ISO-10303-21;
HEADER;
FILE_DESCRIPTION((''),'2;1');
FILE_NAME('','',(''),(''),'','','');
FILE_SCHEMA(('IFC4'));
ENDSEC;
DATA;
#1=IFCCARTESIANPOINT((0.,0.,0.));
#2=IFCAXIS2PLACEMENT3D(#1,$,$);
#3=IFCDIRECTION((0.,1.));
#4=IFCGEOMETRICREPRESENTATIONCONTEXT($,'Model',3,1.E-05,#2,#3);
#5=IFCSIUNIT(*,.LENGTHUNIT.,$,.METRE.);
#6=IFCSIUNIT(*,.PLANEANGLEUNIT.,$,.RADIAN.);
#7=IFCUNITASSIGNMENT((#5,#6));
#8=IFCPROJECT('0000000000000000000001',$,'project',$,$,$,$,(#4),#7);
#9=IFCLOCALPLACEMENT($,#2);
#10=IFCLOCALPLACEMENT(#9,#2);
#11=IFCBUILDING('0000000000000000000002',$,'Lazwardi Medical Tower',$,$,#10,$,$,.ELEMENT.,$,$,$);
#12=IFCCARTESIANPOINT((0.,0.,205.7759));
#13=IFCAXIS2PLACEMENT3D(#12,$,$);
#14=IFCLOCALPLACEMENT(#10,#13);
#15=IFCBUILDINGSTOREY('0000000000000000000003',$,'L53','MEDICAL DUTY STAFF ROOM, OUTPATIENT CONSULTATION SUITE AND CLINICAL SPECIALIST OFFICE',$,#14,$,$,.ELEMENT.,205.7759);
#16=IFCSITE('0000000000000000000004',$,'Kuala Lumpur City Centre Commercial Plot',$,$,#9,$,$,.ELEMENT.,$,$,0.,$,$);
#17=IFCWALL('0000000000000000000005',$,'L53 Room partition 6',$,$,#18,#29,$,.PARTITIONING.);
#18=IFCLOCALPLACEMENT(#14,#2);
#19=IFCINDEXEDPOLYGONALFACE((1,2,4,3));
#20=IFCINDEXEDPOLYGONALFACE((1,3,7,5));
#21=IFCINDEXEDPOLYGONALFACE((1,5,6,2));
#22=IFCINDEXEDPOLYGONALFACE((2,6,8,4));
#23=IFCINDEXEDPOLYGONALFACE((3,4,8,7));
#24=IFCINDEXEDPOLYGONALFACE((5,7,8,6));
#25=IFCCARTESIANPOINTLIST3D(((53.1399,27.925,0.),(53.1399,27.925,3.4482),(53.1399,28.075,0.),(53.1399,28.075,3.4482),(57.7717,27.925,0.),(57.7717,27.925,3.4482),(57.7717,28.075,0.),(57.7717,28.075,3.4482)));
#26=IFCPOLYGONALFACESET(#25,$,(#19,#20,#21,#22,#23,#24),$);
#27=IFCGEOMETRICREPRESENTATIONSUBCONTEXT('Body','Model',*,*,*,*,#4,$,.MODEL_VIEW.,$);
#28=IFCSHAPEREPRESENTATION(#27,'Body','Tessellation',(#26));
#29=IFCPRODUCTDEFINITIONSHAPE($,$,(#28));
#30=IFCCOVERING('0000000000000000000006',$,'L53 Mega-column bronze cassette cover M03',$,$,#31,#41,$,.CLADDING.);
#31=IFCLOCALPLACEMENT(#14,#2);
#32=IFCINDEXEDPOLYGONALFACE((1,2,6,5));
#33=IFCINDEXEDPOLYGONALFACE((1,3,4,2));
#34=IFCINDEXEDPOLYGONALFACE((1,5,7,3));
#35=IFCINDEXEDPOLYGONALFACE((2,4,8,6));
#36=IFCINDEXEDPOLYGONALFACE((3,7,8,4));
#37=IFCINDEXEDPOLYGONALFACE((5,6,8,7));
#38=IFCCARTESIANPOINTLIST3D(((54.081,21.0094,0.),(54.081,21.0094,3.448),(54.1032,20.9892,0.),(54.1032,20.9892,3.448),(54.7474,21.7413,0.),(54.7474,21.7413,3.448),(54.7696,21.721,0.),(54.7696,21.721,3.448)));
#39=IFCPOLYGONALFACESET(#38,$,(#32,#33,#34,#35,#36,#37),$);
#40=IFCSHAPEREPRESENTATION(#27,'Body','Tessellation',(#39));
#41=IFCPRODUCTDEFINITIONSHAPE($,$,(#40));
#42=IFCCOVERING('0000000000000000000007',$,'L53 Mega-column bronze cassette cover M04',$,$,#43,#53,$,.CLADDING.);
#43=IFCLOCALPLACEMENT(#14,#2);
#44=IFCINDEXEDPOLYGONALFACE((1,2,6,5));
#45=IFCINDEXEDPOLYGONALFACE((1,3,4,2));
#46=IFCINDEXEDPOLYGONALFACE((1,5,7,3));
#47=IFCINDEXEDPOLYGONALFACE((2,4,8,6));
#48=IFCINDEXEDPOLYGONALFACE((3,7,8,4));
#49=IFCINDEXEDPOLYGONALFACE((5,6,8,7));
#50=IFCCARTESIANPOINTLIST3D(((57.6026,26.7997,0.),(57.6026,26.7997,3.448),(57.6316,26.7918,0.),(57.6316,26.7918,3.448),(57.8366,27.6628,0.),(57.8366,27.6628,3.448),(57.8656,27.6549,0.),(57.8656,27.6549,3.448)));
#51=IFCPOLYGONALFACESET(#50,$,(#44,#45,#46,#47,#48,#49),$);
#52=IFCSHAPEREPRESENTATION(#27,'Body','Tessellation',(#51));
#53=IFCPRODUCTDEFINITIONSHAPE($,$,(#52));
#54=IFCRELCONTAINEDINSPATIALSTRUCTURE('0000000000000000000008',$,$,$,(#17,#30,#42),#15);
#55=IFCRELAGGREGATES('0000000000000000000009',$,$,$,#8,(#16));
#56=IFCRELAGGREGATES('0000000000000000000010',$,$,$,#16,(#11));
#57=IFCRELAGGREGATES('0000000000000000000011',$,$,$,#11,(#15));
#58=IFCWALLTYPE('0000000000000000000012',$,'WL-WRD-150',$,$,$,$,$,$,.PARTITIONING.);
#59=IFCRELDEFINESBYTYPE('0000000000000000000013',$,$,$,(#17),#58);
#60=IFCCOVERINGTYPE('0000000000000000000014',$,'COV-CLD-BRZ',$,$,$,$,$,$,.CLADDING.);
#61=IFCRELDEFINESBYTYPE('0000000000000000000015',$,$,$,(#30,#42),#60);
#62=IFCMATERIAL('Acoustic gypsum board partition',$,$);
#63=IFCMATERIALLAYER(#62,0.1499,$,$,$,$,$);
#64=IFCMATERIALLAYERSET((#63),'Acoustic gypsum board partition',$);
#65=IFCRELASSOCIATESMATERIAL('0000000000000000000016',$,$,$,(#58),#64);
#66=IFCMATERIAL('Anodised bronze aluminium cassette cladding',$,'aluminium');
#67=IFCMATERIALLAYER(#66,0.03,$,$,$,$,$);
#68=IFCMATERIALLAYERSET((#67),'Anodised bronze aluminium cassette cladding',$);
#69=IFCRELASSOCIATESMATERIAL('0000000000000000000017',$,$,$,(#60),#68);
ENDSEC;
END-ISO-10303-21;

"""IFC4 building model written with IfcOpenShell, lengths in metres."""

from ifc_helpers import new_model, si_unit, direction, frame, frame_2d, origin, origin_2d, place, context, subcontext, project, spatial, rectangle, extrude, material, layer, layer_set, type_object, element, save


model = new_model("IFC4")

# Units and contexts
model_context = context("Model", 3, precision=1e-05, world=origin(), true_north=direction((0.0, 1.0)))
body_context = subcontext(model_context, "Body", "Model", "MODEL_VIEW")
ifc_project = project(units=[si_unit("LENGTHUNIT", "METRE"), si_unit("PLANEANGLEUNIT", "RADIAN")], contexts=[model_context])

# Site, building, storey
site_placement = place(None, origin())
site = spatial("IfcSite", under=ifc_project, at=site_placement, Name="Kuala Lumpur City Centre Commercial Plot", CompositionType="ELEMENT", RefElevation=0.0)
building_placement = place(site_placement, origin())
building = spatial("IfcBuilding", under=site, at=building_placement, Name="Lazwardi Medical Tower", CompositionType="ELEMENT")
storey_placement = place(building_placement, frame((0.0, 0.0, 205.7759)))
storey = spatial("IfcBuildingStorey", under=building, at=storey_placement, Name="L53", Description="MEDICAL DUTY STAFF ROOM, OUTPATIENT CONSULTATION SUITE AND CLINICAL SPECIALIST OFFICE", CompositionType="ELEMENT", Elevation=205.7759)

# Wall
ifc_material_1 = material(Name="Acoustic gypsum board partition")
ifc_layer_1 = layer(ifc_material_1, 0.1499)
ifc_layer_set_1 = layer_set([ifc_layer_1], Name="Acoustic gypsum board partition")
wall_type_1 = type_object("IfcWallType", Name="WL-WRD-150", PredefinedType="PARTITIONING", material=ifc_layer_set_1)
wall_1_placement = place(storey_placement, frame((53.1399, 28.0, 0.0), z_axis=(0.0, 0.0, 1.0), x_axis=(1.0, 0.0, 0.0)))
element("IfcWall", 1, at=wall_1_placement, inside=storey, type_object=wall_type_1, Name="L53 Room partition 6", PredefinedType="PARTITIONING", context=body_context, shape_type="SweptSolid", body=[
    extrude(rectangle(XDim=4.6318, YDim=0.1499, at=frame_2d((2.3159, 0.0))), origin(), (0.0, 0.0, 1.0), 3.4482),
])

# Coverings
ifc_material_2 = material(Name="Anodised bronze aluminium cassette cladding", Category="aluminium")
ifc_layer_2 = layer(ifc_material_2, 0.03)
ifc_layer_set_2 = layer_set([ifc_layer_2], Name="Anodised bronze aluminium cassette cladding")
covering_type = type_object("IfcCoveringType", Name="COV-CLD-BRZ", PredefinedType="CLADDING", material=ifc_layer_set_2)
covering_1_placement = place(storey_placement, frame((54.4253, 21.3652, 0.0), z_axis=(0.0, 0.0, 1.0), x_axis=(0.673241, 0.739423, 0.0)))
element("IfcCovering", 2, at=covering_1_placement, inside=storey, type_object=covering_type, Name="L53 Mega-column bronze cassette cover M03", PredefinedType="CLADDING", context=body_context, shape_type="SweptSolid", body=[
    extrude(rectangle(XDim=0.9897, YDim=0.03, at=origin_2d()), origin(), (0.0, 0.0, 1.0), 3.448),
])
covering_2_placement = place(storey_placement, frame((57.7341, 27.2273, 0.0), z_axis=(0.0, 0.0, 1.0), x_axis=(0.261642, 0.965165, 0.0)))
element("IfcCovering", 3, at=covering_2_placement, inside=storey, type_object=covering_type, Name="L53 Mega-column bronze cassette cover M04", PredefinedType="CLADDING", context=body_context, shape_type="SweptSolid", body=[
    extrude(rectangle(XDim=0.8943, YDim=0.03, at=origin_2d()), origin(), (0.0, 0.0, 1.0), 3.448),
])

save(model, "model.ifc")
